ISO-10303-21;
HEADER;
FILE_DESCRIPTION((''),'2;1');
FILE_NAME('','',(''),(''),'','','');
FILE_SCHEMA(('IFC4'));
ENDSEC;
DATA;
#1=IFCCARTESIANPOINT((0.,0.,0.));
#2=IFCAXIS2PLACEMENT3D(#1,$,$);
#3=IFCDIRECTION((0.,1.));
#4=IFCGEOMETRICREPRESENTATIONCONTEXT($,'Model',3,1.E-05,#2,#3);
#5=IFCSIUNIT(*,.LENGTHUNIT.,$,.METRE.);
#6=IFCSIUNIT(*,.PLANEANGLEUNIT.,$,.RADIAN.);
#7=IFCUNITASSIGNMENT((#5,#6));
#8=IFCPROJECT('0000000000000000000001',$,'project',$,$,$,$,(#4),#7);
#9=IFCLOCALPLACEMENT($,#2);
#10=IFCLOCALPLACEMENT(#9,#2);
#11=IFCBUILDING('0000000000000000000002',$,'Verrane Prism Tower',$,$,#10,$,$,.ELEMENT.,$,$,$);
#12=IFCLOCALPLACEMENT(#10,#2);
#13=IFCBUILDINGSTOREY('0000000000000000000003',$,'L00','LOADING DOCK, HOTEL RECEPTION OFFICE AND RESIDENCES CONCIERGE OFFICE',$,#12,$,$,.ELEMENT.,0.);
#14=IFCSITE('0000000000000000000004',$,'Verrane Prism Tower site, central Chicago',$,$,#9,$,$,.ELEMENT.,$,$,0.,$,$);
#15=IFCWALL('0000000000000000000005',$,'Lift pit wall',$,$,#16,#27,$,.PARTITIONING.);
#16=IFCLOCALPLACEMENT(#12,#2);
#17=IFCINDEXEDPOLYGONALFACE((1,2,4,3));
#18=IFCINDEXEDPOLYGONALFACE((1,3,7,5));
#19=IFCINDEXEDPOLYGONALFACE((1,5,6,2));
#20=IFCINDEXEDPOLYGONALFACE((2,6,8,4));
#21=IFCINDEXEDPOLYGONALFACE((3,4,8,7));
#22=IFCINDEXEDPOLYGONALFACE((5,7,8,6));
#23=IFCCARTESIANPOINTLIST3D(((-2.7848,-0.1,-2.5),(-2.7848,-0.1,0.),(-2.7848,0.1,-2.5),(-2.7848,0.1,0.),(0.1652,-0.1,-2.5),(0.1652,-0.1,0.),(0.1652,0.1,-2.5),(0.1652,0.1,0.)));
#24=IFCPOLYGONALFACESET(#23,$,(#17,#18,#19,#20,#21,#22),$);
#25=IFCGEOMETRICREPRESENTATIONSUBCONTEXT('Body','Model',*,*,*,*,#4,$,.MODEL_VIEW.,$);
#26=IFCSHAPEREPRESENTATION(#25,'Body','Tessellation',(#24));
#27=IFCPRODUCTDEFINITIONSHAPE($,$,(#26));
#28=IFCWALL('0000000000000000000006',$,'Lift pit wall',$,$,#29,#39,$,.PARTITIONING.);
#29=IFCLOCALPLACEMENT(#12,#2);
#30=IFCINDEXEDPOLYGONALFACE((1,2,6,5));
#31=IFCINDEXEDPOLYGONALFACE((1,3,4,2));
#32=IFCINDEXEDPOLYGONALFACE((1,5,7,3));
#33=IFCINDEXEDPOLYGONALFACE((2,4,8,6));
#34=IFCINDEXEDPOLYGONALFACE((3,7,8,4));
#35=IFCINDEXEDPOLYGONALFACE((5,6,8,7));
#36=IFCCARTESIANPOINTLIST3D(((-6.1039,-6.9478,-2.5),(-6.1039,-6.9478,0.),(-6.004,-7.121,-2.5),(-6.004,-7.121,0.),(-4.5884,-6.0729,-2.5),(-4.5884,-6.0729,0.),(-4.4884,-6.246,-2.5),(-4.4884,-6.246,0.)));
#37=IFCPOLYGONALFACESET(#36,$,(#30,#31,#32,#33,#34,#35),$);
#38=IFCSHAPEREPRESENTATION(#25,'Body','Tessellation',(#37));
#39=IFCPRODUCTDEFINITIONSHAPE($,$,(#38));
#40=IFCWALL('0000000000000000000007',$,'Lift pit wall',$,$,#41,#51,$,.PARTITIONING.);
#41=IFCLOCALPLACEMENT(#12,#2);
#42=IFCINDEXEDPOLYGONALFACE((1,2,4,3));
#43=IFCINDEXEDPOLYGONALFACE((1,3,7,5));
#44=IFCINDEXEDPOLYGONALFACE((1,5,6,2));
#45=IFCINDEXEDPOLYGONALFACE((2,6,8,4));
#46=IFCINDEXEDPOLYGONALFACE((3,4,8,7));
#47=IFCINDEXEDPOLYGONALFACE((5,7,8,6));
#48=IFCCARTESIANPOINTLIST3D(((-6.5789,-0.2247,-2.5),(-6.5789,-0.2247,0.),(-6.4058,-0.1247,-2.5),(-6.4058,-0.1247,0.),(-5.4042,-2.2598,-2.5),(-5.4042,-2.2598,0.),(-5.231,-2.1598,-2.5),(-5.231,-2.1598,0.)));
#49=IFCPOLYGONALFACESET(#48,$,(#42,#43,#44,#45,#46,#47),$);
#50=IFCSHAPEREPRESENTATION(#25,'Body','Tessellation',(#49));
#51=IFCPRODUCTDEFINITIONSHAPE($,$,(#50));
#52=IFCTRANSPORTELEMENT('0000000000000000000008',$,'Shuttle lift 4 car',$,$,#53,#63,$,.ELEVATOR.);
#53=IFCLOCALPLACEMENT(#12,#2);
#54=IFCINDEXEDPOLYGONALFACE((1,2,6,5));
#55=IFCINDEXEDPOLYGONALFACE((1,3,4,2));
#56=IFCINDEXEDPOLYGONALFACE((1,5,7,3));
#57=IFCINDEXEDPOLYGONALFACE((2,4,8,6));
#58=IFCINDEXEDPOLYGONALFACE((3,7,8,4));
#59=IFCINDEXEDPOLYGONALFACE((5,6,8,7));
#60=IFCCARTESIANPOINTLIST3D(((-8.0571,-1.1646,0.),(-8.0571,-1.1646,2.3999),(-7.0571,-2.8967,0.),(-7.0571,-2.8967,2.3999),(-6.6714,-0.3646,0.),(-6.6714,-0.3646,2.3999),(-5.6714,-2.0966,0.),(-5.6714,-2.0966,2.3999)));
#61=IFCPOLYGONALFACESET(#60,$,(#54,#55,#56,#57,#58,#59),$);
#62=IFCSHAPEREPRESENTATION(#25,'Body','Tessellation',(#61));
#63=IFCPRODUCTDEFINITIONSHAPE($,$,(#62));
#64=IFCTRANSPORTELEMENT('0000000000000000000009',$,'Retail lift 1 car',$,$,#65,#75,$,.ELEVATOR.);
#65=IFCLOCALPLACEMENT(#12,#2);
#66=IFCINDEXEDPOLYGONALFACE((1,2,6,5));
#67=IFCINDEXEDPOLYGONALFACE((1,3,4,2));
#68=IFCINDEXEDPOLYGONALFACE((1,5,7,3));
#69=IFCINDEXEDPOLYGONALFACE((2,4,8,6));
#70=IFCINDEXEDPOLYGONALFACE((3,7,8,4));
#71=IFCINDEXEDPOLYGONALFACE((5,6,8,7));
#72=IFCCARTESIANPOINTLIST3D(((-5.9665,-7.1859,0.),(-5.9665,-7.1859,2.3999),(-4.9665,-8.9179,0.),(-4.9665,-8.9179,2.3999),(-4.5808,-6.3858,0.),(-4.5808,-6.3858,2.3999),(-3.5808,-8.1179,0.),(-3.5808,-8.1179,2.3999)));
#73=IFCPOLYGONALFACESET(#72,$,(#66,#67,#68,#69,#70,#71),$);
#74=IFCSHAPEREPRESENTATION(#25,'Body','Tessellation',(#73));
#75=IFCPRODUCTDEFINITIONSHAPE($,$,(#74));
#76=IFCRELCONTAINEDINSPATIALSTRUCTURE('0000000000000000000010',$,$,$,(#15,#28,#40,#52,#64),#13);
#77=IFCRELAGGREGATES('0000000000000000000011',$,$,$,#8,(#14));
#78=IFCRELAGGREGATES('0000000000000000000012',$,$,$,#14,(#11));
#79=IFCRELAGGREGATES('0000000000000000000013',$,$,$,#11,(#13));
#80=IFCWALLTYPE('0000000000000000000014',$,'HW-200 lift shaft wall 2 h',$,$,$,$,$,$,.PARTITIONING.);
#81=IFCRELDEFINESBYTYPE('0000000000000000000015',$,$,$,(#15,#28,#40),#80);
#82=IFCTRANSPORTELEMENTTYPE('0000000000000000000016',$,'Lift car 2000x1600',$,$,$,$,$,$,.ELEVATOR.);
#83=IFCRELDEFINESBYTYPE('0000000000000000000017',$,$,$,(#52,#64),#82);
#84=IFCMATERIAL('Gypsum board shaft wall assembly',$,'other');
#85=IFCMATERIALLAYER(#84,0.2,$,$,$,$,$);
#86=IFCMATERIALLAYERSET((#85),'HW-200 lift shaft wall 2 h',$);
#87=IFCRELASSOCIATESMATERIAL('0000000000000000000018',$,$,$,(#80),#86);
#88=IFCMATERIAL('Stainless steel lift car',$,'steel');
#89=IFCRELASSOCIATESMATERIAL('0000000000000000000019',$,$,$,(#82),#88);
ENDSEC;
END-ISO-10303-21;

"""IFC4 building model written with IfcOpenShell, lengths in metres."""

from ifc_helpers import new_model, si_unit, direction, frame, frame_2d, origin, origin_2d, place, context, subcontext, project, spatial, rectangle, extrude, material, layer, layer_set, type_object, element, save


model = new_model("IFC4")

# Units and contexts
model_context = context("Model", 3, precision=1e-05, world=origin(), true_north=direction((0.0, 1.0)))
body_context = subcontext(model_context, "Body", "Model", "MODEL_VIEW")
ifc_project = project(units=[si_unit("LENGTHUNIT", "METRE"), si_unit("PLANEANGLEUNIT", "RADIAN")], contexts=[model_context])

# Site, building, storey
site_placement = place(None, origin())
site = spatial("IfcSite", under=ifc_project, at=site_placement, Name="Verrane Prism Tower site, central Chicago", CompositionType="ELEMENT", RefElevation=0.0)
building_placement = place(site_placement, origin())
building = spatial("IfcBuilding", under=site, at=building_placement, Name="Verrane Prism Tower", CompositionType="ELEMENT")
storey_placement = place(building_placement, origin())
storey = spatial("IfcBuildingStorey", under=building, at=storey_placement, Name="L00", Description="LOADING DOCK, HOTEL RECEPTION OFFICE AND RESIDENCES CONCIERGE OFFICE", CompositionType="ELEMENT", Elevation=0.0)

# Shared definitions
ifc_material_1 = material(Name="Gypsum board shaft wall assembly", Category="other")
ifc_layer_1 = layer(ifc_material_1, 0.2)
ifc_layer_set_1 = layer_set([ifc_layer_1], Name="HW-200 lift shaft wall 2 h")
wall_type = type_object("IfcWallType", Name="HW-200 lift shaft wall 2 h", PredefinedType="PARTITIONING", material=ifc_layer_set_1)

# Walls
wall_1_placement = place(storey_placement, frame((-2.7849, 0.0, -2.5), z_axis=(0.0, 0.0, 1.0), x_axis=(1.0, 0.0, 0.0)))
element("IfcWall", 1, at=wall_1_placement, inside=storey, type_object=wall_type, Name="Lift pit wall", PredefinedType="PARTITIONING", context=body_context, shape_type="SweptSolid", body=[
    extrude(rectangle(XDim=2.95, YDim=0.2, at=frame_2d((1.4751, 0.0))), origin(), (0.0, 0.0, 1.0), 2.5),
])
wall_2_placement = place(storey_placement, frame((-6.054, -7.0344, -2.5), z_axis=(0.0, 0.0, 1.0), x_axis=(0.866037, 0.49998, 0.0)))
element("IfcWall", 2, at=wall_2_placement, inside=storey, type_object=wall_type, Name="Lift pit wall", PredefinedType="PARTITIONING", context=body_context, shape_type="SweptSolid", body=[
    extrude(rectangle(XDim=1.75, YDim=0.2, at=frame_2d((0.875, 0.0))), origin(), (0.0, 0.0, 1.0), 2.5),
])
wall_3_placement = place(storey_placement, frame((-5.3176, -2.2097, -2.5), z_axis=(0.0, 0.0, 1.0), x_axis=(-0.499938, 0.866061, 0.0)))
element("IfcWall", 3, at=wall_3_placement, inside=storey, type_object=wall_type, Name="Lift pit wall", PredefinedType="PARTITIONING", context=body_context, shape_type="SweptSolid", body=[
    extrude(rectangle(XDim=2.3499, YDim=0.2, at=frame_2d((1.1748, 0.0))), origin(), (0.0, 0.0, 1.0), 2.5),
])

# Transport elements
ifc_material_2 = material(Name="Stainless steel lift car", Category="steel")
transport_element_type = type_object("IfcTransportElementType", Name="Lift car 2000x1600", PredefinedType="ELEVATOR", material=ifc_material_2)
for number, where, z_axis, x_axis, name in (
    (4, (-6.8643, -1.6306, 0.0), (0.0, 0.0, 1.0), (0.5, -0.866025, 0.0), "Shuttle lift 4 car"),
    (5, (-4.7737, -7.6519, 0.0), (0.0, 0.0, 1.0), (0.5, -0.866025, 0.0), "Retail lift 1 car"),
):
    element("IfcTransportElement", number, at=place(storey_placement, frame(where, z_axis=z_axis, x_axis=x_axis)), inside=storey, type_object=transport_element_type, Name=name, PredefinedType="ELEVATOR", context=body_context, shape_type="SweptSolid", body=[
        extrude(rectangle(XDim=2.0, YDim=1.6001, at=origin_2d()), origin(), (0.0, 0.0, 1.0), 2.3999),
    ])

save(model, "model.ifc")
